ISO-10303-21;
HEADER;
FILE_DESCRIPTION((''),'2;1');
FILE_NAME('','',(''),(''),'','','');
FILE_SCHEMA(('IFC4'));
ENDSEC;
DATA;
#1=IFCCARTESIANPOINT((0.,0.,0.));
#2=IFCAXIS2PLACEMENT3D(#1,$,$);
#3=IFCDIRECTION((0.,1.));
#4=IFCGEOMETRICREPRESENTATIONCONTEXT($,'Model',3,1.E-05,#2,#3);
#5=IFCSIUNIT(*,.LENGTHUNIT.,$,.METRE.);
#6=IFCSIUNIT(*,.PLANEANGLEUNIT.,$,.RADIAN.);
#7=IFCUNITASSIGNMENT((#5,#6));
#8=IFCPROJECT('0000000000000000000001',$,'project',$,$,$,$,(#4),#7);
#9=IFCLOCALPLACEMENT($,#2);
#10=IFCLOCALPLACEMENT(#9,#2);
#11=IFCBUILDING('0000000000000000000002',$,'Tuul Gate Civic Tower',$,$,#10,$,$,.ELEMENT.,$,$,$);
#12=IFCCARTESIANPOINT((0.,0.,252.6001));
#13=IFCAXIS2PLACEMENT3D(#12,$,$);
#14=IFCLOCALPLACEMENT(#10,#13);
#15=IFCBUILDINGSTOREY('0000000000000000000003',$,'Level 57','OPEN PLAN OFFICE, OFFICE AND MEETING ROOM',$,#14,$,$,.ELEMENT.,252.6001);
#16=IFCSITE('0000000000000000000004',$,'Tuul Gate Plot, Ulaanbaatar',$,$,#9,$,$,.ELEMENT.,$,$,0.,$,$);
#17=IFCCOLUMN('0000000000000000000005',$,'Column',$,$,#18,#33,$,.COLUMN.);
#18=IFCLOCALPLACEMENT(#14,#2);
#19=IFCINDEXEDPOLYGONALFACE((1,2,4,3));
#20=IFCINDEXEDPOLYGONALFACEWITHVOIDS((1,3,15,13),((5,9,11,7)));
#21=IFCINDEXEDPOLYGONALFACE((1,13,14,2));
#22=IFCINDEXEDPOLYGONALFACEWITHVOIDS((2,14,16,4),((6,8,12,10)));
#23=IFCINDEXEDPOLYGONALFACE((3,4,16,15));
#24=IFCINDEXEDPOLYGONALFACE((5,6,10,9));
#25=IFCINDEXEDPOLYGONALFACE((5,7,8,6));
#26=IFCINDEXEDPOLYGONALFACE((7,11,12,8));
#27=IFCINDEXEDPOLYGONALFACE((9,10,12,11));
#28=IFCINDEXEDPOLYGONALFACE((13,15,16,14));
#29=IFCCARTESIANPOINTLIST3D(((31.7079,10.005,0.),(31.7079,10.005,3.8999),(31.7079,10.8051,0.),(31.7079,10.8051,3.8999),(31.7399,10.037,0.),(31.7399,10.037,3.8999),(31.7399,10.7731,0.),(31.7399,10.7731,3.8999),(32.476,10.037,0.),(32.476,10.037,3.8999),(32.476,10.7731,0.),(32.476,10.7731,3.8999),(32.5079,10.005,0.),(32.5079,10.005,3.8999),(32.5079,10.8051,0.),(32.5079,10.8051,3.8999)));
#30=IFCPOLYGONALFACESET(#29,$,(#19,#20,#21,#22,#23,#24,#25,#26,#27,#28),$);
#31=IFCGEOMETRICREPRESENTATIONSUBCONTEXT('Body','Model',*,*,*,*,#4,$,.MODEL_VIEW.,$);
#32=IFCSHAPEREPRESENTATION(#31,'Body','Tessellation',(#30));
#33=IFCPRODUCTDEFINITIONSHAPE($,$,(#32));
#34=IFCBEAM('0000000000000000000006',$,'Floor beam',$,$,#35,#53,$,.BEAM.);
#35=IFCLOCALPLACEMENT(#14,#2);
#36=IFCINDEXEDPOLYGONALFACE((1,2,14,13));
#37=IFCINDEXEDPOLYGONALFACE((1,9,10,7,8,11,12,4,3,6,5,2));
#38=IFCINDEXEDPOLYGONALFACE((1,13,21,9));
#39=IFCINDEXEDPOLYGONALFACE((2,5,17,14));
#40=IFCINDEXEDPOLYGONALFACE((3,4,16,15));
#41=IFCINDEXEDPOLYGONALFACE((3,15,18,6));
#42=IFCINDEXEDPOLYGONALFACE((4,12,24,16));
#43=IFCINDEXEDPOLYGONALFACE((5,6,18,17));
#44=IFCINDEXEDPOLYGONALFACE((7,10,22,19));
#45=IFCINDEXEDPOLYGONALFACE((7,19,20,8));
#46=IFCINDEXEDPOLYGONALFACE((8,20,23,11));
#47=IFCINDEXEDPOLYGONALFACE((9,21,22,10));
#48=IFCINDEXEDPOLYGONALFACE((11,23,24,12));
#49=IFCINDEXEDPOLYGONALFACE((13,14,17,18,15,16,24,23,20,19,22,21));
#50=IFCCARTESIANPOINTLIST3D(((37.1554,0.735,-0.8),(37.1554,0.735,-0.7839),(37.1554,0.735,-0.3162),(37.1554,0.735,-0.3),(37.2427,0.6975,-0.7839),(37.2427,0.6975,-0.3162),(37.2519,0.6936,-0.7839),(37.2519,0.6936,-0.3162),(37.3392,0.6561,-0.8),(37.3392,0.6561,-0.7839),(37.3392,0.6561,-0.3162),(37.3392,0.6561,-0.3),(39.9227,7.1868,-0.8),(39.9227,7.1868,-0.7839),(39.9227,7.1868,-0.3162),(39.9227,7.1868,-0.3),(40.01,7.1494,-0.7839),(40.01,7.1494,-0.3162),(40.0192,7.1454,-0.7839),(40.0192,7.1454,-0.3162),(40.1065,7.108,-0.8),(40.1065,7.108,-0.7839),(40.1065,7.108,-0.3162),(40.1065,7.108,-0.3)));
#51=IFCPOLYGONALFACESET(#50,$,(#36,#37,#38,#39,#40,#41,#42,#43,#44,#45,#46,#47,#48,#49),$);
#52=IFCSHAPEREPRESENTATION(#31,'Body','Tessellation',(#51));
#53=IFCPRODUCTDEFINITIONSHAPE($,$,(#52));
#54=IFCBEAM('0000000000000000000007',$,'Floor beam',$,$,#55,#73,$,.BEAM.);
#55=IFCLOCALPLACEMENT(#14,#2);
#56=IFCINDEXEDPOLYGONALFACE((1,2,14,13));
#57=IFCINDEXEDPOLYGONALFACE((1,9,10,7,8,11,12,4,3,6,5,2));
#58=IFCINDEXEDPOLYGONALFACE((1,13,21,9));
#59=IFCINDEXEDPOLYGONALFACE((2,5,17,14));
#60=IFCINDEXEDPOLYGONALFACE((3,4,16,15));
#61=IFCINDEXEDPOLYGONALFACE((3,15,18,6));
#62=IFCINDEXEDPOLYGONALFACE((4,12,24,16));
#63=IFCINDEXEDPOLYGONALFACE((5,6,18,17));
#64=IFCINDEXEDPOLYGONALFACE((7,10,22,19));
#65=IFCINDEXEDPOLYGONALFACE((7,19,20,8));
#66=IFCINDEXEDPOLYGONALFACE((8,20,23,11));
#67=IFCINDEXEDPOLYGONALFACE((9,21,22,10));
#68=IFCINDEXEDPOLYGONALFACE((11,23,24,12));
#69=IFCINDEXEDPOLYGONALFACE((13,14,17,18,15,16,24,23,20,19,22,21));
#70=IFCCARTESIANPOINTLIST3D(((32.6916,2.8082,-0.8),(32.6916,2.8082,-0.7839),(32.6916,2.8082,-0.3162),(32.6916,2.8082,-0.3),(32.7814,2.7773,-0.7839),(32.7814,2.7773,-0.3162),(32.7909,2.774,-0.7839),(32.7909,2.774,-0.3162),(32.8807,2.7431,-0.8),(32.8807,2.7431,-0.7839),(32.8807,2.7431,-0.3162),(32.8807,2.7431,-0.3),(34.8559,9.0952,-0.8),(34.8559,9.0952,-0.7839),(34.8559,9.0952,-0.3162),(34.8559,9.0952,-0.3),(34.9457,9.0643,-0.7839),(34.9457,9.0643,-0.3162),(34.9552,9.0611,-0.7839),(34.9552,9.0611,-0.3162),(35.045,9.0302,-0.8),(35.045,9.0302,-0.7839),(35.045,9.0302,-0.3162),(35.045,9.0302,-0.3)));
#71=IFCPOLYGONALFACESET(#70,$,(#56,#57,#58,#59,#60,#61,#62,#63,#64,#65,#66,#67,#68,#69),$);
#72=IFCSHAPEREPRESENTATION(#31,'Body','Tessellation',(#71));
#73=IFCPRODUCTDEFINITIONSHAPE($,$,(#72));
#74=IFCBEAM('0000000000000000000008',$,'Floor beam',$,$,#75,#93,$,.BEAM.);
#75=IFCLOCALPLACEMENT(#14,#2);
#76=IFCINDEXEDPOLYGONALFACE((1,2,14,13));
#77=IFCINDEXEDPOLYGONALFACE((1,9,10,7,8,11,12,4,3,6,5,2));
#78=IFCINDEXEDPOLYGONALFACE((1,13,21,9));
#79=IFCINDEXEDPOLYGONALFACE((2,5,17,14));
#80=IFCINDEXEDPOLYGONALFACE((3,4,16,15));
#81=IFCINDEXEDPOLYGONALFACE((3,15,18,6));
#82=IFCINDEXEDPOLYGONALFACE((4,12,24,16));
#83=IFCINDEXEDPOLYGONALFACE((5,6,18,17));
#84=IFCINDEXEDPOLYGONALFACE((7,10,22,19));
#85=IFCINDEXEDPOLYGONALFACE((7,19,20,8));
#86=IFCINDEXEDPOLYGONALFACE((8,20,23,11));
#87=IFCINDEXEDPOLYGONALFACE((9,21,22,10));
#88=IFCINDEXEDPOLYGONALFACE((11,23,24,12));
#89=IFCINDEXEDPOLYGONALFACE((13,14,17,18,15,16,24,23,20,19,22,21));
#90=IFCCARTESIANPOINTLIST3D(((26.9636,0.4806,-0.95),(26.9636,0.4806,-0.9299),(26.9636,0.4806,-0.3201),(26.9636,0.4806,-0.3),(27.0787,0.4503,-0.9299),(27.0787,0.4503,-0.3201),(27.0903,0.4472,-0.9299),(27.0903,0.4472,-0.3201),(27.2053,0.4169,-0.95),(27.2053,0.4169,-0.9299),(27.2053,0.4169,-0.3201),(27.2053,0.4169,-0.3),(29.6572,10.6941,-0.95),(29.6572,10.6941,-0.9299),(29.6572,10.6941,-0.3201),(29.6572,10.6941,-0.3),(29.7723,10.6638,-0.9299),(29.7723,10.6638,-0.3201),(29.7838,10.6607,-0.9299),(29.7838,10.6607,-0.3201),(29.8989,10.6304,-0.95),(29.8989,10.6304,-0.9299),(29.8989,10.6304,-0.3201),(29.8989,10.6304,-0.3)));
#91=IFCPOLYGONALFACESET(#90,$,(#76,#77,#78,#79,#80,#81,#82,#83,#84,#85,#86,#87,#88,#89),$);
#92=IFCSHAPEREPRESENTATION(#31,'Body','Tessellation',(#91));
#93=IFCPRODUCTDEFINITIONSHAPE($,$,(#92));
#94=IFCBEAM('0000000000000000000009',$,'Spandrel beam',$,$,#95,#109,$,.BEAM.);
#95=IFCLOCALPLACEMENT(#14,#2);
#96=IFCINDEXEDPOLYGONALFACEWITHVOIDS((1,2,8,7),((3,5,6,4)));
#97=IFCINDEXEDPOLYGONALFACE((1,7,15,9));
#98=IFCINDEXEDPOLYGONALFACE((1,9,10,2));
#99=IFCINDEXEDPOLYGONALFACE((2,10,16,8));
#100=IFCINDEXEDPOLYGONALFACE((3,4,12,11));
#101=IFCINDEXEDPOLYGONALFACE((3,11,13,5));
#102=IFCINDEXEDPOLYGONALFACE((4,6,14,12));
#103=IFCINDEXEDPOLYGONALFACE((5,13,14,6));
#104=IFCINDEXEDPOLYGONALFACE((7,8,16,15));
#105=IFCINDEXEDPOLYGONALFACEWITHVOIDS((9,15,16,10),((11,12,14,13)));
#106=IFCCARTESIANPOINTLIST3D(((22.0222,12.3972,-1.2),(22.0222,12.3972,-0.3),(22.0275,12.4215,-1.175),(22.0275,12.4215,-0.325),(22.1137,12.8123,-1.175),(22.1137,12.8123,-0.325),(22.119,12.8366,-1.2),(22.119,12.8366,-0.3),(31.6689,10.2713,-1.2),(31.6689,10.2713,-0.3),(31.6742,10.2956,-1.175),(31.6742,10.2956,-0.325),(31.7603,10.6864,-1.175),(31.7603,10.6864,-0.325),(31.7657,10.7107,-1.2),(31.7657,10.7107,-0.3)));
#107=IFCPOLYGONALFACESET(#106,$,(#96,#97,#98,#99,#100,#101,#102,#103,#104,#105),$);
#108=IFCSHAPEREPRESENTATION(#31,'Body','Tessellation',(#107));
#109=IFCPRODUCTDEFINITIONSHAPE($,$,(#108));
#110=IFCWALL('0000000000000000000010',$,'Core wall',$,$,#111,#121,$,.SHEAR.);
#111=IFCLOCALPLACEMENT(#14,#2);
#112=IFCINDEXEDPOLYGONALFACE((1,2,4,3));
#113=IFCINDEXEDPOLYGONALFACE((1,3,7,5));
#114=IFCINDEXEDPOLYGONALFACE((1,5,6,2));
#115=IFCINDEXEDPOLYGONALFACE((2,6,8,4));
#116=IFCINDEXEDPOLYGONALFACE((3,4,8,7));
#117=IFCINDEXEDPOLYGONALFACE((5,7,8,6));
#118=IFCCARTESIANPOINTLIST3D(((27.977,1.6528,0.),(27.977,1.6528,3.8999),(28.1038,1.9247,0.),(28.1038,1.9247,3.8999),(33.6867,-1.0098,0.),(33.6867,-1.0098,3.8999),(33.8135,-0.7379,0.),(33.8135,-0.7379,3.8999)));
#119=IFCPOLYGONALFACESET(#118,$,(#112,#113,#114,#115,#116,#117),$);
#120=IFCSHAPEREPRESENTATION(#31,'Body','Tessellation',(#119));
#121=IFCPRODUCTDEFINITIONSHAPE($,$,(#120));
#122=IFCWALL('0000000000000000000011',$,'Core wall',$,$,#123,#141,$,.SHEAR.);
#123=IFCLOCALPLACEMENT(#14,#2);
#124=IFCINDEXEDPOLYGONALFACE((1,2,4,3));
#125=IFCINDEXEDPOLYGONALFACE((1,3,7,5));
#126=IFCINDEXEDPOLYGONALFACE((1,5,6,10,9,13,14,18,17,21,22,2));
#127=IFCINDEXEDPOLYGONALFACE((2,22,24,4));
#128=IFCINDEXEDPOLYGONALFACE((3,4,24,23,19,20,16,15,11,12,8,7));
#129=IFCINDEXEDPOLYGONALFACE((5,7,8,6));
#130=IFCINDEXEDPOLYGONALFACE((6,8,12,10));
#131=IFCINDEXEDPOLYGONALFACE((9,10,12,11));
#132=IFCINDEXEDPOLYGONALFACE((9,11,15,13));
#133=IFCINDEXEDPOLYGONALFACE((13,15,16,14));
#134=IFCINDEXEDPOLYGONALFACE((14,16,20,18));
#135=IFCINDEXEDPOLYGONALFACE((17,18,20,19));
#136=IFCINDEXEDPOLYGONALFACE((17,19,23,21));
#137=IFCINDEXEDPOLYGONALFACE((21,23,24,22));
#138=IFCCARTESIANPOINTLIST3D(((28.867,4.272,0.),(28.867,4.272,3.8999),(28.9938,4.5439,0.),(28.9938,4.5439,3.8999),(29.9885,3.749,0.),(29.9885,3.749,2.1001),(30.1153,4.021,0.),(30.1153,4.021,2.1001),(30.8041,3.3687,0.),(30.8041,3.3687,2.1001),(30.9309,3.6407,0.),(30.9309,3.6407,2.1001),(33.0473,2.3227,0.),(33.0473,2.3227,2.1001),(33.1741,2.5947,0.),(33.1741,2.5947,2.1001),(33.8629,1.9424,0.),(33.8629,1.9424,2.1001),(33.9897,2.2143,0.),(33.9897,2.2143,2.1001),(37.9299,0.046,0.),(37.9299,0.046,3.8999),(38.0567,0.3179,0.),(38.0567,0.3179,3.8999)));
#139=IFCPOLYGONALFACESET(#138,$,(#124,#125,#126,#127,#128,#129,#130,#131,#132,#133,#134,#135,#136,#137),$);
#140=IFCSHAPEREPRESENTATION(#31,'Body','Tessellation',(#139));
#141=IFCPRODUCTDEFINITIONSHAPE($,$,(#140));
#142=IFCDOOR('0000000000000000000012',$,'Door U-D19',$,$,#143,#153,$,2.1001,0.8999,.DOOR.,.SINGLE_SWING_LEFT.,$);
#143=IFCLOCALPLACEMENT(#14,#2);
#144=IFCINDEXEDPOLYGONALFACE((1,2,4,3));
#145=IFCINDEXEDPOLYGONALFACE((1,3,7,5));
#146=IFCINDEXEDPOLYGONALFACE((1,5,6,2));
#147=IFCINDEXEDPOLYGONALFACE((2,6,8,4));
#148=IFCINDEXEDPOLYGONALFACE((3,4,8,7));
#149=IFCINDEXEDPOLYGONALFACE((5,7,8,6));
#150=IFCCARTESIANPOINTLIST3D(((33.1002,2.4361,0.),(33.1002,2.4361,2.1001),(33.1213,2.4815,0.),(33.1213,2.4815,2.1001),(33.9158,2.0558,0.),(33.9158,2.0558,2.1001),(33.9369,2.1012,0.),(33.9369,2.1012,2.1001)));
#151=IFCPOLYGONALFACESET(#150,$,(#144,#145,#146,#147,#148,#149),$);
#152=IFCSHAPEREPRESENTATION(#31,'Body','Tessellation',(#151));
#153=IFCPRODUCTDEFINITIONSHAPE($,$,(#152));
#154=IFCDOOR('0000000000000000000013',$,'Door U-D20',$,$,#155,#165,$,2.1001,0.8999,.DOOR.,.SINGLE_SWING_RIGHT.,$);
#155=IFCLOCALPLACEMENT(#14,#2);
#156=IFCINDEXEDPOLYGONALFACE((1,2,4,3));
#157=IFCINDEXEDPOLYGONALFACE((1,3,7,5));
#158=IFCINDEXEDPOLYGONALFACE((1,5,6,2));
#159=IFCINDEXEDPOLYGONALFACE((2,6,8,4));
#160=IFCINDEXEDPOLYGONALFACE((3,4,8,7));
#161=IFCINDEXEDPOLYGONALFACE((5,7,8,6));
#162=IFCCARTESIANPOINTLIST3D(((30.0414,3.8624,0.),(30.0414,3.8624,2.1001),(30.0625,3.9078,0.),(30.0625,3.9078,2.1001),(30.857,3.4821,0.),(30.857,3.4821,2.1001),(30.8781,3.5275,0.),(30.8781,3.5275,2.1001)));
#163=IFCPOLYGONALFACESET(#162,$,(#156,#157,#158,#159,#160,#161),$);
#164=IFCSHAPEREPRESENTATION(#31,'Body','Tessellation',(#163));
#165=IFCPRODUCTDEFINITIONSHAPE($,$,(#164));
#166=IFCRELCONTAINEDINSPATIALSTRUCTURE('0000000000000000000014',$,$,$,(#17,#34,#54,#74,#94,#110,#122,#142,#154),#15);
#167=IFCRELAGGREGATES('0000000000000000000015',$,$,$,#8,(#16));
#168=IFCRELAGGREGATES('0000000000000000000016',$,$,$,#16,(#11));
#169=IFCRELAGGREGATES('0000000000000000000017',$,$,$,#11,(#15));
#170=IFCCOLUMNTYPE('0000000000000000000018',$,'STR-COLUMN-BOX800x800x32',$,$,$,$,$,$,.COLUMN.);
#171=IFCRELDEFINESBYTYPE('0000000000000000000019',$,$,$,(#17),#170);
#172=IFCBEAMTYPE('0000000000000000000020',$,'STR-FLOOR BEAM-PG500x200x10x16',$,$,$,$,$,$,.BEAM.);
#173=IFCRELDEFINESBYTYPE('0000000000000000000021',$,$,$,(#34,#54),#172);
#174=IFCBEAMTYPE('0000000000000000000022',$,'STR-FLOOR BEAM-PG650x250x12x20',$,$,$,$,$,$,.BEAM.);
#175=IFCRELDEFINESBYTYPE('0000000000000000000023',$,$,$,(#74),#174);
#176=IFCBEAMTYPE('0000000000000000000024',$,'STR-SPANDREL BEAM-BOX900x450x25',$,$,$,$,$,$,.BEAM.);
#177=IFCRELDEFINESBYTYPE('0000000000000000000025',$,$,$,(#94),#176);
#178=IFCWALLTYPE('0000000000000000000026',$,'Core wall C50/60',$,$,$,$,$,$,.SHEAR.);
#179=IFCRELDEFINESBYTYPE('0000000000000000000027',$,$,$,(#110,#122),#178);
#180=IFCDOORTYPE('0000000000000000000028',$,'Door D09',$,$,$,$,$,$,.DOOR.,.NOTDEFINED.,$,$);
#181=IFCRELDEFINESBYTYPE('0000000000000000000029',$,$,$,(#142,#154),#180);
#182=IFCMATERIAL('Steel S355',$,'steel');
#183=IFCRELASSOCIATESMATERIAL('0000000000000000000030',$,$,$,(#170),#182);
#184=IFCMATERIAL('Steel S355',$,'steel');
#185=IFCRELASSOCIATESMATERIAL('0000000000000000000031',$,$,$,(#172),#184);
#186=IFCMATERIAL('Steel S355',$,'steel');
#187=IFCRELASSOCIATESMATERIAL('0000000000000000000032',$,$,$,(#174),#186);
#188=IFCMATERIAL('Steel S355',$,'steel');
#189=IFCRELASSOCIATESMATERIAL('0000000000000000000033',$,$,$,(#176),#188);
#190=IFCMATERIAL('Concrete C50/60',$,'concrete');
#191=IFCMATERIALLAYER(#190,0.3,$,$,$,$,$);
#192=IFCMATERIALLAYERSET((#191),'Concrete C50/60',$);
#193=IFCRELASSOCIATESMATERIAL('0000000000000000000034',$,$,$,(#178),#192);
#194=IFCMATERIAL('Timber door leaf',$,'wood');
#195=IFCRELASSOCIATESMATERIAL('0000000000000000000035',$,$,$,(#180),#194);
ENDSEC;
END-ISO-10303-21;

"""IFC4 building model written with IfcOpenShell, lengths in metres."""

from ifc_helpers import new_model, si_unit, direction, frame, frame_2d, origin, origin_2d, place, context, subcontext, project, spatial, rectangle, hollow_rectangle, i_section, extrude, material, layer, layer_set, material_profile, profile_set, type_object, element, fill, save


model = new_model("IFC4")

# Units and contexts
model_context = context("Model", 3, precision=1e-05, world=origin(), true_north=direction((0.0, 1.0)))
body_context = subcontext(model_context, "Body", "Model", "MODEL_VIEW")
ifc_project = project(units=[si_unit("LENGTHUNIT", "METRE"), si_unit("PLANEANGLEUNIT", "RADIAN")], contexts=[model_context])

# Site, building, storey
site_placement = place(None, origin())
site = spatial("IfcSite", under=ifc_project, at=site_placement, Name="Tuul Gate Plot, Ulaanbaatar", CompositionType="ELEMENT", RefElevation=0.0)
building_placement = place(site_placement, origin())
building = spatial("IfcBuilding", under=site, at=building_placement, Name="Tuul Gate Civic Tower", CompositionType="ELEMENT")
storey_placement = place(building_placement, frame((0.0, 0.0, 252.6001)))
storey = spatial("IfcBuildingStorey", under=building, at=storey_placement, Name="Level 57", Description="OPEN PLAN OFFICE, OFFICE AND MEETING ROOM", CompositionType="ELEMENT", Elevation=252.6001)

# Column
ifc_material_1 = material(Name="Steel S355", Category="steel")
ifc_material_profile_1 = material_profile(ifc_material_1, hollow_rectangle(XDim=0.8, YDim=0.8, WallThickness=0.032, at=origin_2d()), Name="BOX800x800x32")
ifc_profile_set_1 = profile_set([ifc_material_profile_1], Name="Steel S355")
column_type = type_object("IfcColumnType", Name="STR-COLUMN-BOX800x800x32", PredefinedType="COLUMN", material=ifc_profile_set_1)
column_placement = place(storey_placement, frame((32.1079, 10.405, 0.0), z_axis=(0.0, 0.0, 1.0), x_axis=(1.0, 0.0, 0.0)))
element("IfcColumn", 1, at=column_placement, inside=storey, type_object=column_type, Name="Column", PredefinedType="COLUMN", context=body_context, shape_type="SweptSolid", body=[
    extrude(hollow_rectangle(XDim=0.8, YDim=0.8, WallThickness=0.032, at=origin_2d()), origin(), (0.0, 0.0, 1.0), 3.8999),
])

# Beams
ifc_material_2 = material(Name="Steel S355", Category="steel")
ifc_material_profile_2 = material_profile(ifc_material_2, i_section(OverallWidth=0.2, OverallDepth=0.5, WebThickness=0.01, FlangeThickness=0.0161, at=origin_2d()), Name="PG500x200x10x16")
ifc_profile_set_2 = profile_set([ifc_material_profile_2], Name="Steel S355")
beam_type_1 = type_object("IfcBeamType", Name="STR-FLOOR BEAM-PG500x200x10x16", PredefinedType="BEAM", material=ifc_profile_set_2)
beam_1_placement = place(storey_placement, frame((37.2473, 0.6956, -0.55), z_axis=(0.394188, 0.91903, 0.0), x_axis=(-0.91903, 0.394188, 0.0)))
element("IfcBeam", 2, at=beam_1_placement, inside=storey, type_object=beam_type_1, Name="Floor beam", PredefinedType="BEAM", context=body_context, shape_type="SweptSolid", body=[
    extrude(i_section(OverallWidth=0.2, OverallDepth=0.5, WebThickness=0.01, FlangeThickness=0.0161, at=origin_2d()), origin(), (0.0, 0.0, 1.0), 7.0203),
])
beam_2_placement = place(storey_placement, frame((32.7861, 2.7756, -0.55), z_axis=(0.325498, 0.945543, 0.0), x_axis=(-0.945543, 0.325498, 0.0)))
element("IfcBeam", 3, at=beam_2_placement, inside=storey, type_object=beam_type_1, Name="Floor beam", PredefinedType="BEAM", context=body_context, shape_type="SweptSolid", body=[
    extrude(i_section(OverallWidth=0.2, OverallDepth=0.5, WebThickness=0.01, FlangeThickness=0.0161, at=origin_2d()), origin(), (0.0, 0.0, 1.0), 6.6492),
])
ifc_material_3 = material(Name="Steel S355", Category="steel")
ifc_material_profile_3 = material_profile(ifc_material_3, i_section(OverallWidth=0.25, OverallDepth=0.6499, WebThickness=0.012, FlangeThickness=0.02, at=origin_2d()), Name="PG650x250x12x20")
ifc_profile_set_3 = profile_set([ifc_material_profile_3], Name="Steel S355")
beam_type_2 = type_object("IfcBeamType", Name="STR-FLOOR BEAM-PG650x250x12x20", PredefinedType="BEAM", material=ifc_profile_set_3)
beam_3_placement = place(storey_placement, frame((27.0845, 0.4487, -0.625), z_axis=(0.255008, 0.966939, 0.0), x_axis=(-0.966939, 0.255008, 0.0)))
element("IfcBeam", 4, at=beam_3_placement, inside=storey, type_object=beam_type_2, Name="Floor beam", PredefinedType="BEAM", context=body_context, shape_type="SweptSolid", body=[
    extrude(i_section(OverallWidth=0.25, OverallDepth=0.6499, WebThickness=0.012, FlangeThickness=0.02, at=origin_2d()), origin(), (0.0, 0.0, 1.0), 10.5627),
])
ifc_material_4 = material(Name="Steel S355", Category="steel")
ifc_material_profile_4 = material_profile(ifc_material_4, hollow_rectangle(XDim=0.45, YDim=0.8999, WallThickness=0.0249, at=origin_2d()), Name="BOX900x450x25")
ifc_profile_set_4 = profile_set([ifc_material_profile_4], Name="Steel S355")
beam_type_3 = type_object("IfcBeamType", Name="STR-SPANDREL BEAM-BOX900x450x25", PredefinedType="BEAM", material=ifc_profile_set_4)
beam_4_placement = place(storey_placement, frame((31.7173, 10.491, -0.75), z_axis=(-0.976566, 0.215219, 0.0), x_axis=(-0.215219, -0.976566, 0.0)))
element("IfcBeam", 5, at=beam_4_placement, inside=storey, type_object=beam_type_3, Name="Spandrel beam", PredefinedType="BEAM", context=body_context, shape_type="SweptSolid", body=[
    extrude(hollow_rectangle(XDim=0.45, YDim=0.8999, WallThickness=0.0249, at=origin_2d()), origin(), (0.0, 0.0, 1.0), 9.8782),
])

# Wall
ifc_material_5 = material(Name="Concrete C50/60", Category="concrete")
ifc_layer_1 = layer(ifc_material_5, 0.3)
ifc_layer_set_1 = layer_set([ifc_layer_1], Name="Concrete C50/60")
wall_type_1 = type_object("IfcWallType", Name="Core wall C50/60", PredefinedType="SHEAR", material=ifc_layer_set_1)
wall_1_placement = place(storey_placement, frame((33.75, -0.8738, 0.0), z_axis=(0.0, 0.0, 1.0), x_axis=(-0.906301, 0.422633, 0.0)))
element("IfcWall", 6, at=wall_1_placement, inside=storey, type_object=wall_type_1, Name="Core wall", PredefinedType="SHEAR", context=body_context, shape_type="SweptSolid", body=[
    extrude(rectangle(XDim=6.3, YDim=0.3, at=frame_2d((3.1499, 0.0))), origin(), (0.0, 0.0, 1.0), 3.8999),
])

# Wall, openings, doors
wall_2_placement = place(storey_placement, frame((37.9934, 0.1819, 0.0), z_axis=(0.0, 0.0, 1.0), x_axis=(-0.90631, 0.422613, 0.0)))
wall_2 = element("IfcWall", 7, at=wall_2_placement, inside=storey, type_object=wall_type_1, Name="Core wall", PredefinedType="SHEAR", context=body_context, shape_type="SweptSolid", body=[
    extrude(rectangle(XDim=9.9998, YDim=0.3, at=frame_2d((5.0, 0.0))), origin(), (0.0, 0.0, 1.0), 3.8999),
])
opening_1_placement = place(wall_2_placement, frame((4.4875, 0.0, 0.0)))
opening_1 = element("IfcOpeningElement", 8, at=opening_1_placement, cuts=wall_2, PredefinedType="OPENING", context=body_context, shape_type="SweptSolid", body=[
    extrude(rectangle(XDim=0.8999, YDim=2.1001, at=frame_2d((0.45, 1.05))), frame((0.0, 0.1602, 0.0), z_axis=(0.0, -1.0, 0.0), x_axis=(1.0, 0.0, 0.0)), (0.0, 0.0, 1.0), 0.3201),
])
opening_2_placement = place(wall_2_placement, frame((7.8625, 0.0, 0.0)))
opening_2 = element("IfcOpeningElement", 9, at=opening_2_placement, cuts=wall_2, PredefinedType="OPENING", context=body_context, shape_type="SweptSolid", body=[
    extrude(rectangle(XDim=0.8999, YDim=2.1001, at=frame_2d((0.45, 1.05))), frame((0.0, 0.1602, 0.0), z_axis=(0.0, -1.0, 0.0), x_axis=(1.0, 0.0, 0.0)), (0.0, 0.0, 1.0), 0.3201),
])
ifc_material_6 = material(Name="Timber door leaf", Category="wood")
door_type = type_object("IfcDoorType", Name="Door D09", OperationType="NOTDEFINED", PredefinedType="DOOR", material=ifc_material_6)
door_1_placement = place(opening_1_placement, origin())
door_1 = element("IfcDoor", 10, at=door_1_placement, inside=storey, type_object=door_type, Name="Door U-D19", OperationType="SINGLE_SWING_LEFT", OverallHeight=2.1001, OverallWidth=0.8999, PredefinedType="DOOR", context=body_context, shape_type="SweptSolid", body=[
    extrude(rectangle(XDim=0.8999, YDim=2.1001, at=frame_2d((0.45, 1.05))), frame((0.0, 0.0249, 0.0), z_axis=(0.0, -1.0, 0.0), x_axis=(1.0, 0.0, 0.0)), (0.0, 0.0, 1.0), 0.05),
])
fill(opening_1, door_1)
door_2_placement = place(opening_2_placement, origin())
door_2 = element("IfcDoor", 11, at=door_2_placement, inside=storey, type_object=door_type, Name="Door U-D20", OperationType="SINGLE_SWING_RIGHT", OverallHeight=2.1001, OverallWidth=0.8999, PredefinedType="DOOR", context=body_context, shape_type="SweptSolid", body=[
    extrude(rectangle(XDim=0.8999, YDim=2.1001, at=frame_2d((0.45, 1.05))), frame((0.0, 0.0249, 0.0), z_axis=(0.0, -1.0, 0.0), x_axis=(1.0, 0.0, 0.0)), (0.0, 0.0, 1.0), 0.05),
])
fill(opening_2, door_2)

save(model, "model.ifc")
